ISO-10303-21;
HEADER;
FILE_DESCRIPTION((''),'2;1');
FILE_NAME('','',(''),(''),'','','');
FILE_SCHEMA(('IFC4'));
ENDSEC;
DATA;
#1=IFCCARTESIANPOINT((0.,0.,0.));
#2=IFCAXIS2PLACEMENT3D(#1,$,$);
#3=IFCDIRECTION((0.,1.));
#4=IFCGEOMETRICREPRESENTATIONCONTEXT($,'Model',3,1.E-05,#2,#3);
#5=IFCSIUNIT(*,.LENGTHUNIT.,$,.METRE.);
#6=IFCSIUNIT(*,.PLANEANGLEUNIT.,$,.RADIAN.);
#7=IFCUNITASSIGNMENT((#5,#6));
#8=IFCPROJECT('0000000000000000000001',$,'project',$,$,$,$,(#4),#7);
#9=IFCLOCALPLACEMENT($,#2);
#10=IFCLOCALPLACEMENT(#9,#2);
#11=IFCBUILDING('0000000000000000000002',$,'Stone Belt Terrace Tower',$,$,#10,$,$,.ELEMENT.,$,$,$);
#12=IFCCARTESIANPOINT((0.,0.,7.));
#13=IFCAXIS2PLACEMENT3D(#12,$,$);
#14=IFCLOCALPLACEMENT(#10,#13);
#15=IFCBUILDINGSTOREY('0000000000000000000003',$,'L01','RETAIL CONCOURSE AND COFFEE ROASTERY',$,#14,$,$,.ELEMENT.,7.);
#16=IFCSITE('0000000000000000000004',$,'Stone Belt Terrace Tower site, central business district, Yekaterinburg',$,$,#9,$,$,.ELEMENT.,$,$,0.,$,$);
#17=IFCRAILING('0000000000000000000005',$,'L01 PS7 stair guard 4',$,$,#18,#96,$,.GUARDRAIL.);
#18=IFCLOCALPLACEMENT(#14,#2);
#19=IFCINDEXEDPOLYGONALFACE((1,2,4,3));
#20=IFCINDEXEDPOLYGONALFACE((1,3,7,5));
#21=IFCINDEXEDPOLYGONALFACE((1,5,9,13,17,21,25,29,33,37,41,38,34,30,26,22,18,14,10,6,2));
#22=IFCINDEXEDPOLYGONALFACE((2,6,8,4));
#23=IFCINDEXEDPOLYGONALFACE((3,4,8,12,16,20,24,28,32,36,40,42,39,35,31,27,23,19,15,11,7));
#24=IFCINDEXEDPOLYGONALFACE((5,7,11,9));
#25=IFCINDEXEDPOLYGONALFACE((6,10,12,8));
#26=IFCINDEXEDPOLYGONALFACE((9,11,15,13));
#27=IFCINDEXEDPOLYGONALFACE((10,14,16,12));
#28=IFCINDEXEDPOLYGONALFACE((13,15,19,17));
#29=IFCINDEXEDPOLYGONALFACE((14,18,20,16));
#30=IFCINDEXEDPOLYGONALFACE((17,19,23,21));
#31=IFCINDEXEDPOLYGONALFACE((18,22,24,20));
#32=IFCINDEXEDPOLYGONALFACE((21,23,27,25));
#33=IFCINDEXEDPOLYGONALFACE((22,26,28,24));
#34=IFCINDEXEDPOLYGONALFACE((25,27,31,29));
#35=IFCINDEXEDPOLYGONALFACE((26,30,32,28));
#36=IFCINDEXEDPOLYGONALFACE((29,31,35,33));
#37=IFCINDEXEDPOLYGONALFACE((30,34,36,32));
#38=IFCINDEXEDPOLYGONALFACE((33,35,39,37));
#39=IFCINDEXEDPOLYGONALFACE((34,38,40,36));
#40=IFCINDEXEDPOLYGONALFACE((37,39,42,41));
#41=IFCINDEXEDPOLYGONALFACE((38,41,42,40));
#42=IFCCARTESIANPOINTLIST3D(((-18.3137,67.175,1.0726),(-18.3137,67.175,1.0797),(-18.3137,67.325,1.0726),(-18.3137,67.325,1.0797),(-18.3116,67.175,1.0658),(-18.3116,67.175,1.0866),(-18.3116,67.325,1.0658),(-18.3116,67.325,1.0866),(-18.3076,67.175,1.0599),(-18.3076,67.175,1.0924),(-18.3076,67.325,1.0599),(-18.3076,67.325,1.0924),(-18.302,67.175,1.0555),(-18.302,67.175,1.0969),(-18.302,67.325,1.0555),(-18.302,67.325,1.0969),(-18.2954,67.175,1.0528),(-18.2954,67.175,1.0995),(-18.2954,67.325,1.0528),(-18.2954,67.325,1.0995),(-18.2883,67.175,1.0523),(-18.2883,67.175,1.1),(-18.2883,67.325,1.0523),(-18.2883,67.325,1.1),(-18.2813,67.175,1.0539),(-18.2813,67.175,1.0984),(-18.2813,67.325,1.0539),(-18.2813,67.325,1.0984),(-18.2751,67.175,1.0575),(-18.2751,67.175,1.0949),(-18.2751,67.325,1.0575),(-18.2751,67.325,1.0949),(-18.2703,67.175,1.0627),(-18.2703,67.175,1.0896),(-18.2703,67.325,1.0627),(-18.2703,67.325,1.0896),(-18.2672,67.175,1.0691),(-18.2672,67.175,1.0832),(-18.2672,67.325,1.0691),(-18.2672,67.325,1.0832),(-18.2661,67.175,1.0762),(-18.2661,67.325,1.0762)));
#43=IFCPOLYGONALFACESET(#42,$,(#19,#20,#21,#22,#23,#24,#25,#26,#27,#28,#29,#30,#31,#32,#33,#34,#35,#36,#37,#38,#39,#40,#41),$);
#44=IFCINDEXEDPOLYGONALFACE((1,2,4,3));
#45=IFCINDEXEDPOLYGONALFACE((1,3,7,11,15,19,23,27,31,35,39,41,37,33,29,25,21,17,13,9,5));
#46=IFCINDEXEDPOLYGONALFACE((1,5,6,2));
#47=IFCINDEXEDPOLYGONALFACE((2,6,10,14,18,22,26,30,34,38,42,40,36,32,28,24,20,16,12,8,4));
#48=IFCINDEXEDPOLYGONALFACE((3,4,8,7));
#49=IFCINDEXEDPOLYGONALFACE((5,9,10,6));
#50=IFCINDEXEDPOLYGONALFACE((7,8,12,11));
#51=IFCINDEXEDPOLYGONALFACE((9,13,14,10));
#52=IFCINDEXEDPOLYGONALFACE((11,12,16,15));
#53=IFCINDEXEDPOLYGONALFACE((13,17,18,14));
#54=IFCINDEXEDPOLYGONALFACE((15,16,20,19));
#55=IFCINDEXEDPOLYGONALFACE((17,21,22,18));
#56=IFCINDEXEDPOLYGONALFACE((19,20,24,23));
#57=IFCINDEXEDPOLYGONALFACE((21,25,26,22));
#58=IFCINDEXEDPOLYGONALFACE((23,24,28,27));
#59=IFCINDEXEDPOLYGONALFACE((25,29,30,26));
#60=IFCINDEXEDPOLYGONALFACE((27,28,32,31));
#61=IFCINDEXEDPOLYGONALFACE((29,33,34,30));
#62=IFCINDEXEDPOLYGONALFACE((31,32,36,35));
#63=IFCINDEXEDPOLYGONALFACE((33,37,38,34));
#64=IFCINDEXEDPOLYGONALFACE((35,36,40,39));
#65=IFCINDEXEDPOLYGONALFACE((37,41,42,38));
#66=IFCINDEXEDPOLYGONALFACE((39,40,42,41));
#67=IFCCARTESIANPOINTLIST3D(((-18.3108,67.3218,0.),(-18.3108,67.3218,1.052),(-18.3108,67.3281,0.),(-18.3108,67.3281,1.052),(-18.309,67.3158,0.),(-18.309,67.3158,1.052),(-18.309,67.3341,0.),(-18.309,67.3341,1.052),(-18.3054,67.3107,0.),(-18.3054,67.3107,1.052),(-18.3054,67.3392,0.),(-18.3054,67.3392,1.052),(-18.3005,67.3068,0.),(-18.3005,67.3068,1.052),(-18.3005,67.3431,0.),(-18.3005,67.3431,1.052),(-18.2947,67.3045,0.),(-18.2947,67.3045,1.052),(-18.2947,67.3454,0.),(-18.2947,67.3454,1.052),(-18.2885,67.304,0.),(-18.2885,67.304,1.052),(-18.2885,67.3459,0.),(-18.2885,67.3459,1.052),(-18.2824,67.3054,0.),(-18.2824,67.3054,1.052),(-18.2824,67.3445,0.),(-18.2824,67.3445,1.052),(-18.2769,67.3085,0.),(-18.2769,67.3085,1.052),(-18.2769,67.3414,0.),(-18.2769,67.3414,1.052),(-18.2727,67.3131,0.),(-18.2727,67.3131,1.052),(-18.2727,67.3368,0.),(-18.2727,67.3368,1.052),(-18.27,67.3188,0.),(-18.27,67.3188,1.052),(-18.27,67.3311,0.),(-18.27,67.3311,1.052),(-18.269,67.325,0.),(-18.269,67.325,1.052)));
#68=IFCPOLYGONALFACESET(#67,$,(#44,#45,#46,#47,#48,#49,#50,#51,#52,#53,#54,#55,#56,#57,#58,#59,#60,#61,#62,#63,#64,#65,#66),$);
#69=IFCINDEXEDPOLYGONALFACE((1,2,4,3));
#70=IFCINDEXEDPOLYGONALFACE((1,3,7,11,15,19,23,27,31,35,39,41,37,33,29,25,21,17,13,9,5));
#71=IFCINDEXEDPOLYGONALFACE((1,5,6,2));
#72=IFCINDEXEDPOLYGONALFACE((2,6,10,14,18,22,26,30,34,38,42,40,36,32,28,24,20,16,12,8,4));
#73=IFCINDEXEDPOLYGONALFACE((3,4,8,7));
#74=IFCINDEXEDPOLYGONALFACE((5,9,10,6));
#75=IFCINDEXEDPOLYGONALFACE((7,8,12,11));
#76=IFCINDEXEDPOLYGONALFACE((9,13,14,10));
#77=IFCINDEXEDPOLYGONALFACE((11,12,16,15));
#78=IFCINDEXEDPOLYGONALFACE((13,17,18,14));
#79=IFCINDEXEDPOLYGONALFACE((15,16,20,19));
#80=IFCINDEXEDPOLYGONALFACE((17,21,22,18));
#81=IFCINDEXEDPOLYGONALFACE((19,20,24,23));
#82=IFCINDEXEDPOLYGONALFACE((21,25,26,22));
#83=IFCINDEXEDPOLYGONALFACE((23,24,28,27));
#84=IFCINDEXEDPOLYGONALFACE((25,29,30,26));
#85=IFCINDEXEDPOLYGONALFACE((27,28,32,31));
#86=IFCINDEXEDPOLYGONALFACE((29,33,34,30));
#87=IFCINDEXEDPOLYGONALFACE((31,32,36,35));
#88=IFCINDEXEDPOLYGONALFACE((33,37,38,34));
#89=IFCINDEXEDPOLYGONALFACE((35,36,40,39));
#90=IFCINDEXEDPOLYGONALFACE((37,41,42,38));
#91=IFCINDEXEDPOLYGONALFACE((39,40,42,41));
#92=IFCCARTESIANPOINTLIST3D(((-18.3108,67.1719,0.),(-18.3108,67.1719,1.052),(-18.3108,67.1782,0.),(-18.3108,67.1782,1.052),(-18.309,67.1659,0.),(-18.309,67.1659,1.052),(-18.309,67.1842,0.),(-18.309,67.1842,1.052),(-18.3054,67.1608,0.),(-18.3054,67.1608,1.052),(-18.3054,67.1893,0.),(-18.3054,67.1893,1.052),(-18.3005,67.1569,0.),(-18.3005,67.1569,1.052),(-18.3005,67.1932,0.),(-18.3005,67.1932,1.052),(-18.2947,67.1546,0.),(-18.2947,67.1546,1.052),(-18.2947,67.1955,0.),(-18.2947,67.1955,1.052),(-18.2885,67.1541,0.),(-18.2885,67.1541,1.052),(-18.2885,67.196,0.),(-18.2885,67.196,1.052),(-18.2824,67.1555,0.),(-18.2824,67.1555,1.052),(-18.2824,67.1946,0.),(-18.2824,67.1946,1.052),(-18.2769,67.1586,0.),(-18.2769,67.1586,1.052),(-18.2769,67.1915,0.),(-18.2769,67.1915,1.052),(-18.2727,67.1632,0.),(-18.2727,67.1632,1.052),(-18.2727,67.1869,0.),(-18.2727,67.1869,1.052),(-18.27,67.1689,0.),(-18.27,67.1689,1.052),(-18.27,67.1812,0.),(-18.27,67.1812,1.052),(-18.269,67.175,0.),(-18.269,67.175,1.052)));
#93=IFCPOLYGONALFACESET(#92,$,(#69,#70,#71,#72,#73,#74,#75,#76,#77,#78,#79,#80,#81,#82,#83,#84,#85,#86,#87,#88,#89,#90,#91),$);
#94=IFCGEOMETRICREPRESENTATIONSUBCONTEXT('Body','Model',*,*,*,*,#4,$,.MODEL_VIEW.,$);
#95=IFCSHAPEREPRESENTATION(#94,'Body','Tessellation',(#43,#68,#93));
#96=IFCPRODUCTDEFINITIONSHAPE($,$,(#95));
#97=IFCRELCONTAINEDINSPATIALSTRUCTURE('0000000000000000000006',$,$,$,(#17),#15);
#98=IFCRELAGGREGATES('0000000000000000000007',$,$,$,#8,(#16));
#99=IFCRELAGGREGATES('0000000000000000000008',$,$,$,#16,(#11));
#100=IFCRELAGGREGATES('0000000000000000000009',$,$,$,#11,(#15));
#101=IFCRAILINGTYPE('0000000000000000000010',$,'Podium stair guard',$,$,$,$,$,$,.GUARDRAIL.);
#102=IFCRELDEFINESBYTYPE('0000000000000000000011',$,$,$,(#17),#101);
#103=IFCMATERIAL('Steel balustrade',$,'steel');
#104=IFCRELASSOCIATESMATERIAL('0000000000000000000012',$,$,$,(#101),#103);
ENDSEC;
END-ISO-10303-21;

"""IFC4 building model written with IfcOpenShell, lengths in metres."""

from ifc_helpers import new_model, si_unit, direction, frame, origin, origin_2d, place, context, subcontext, project, spatial, circle, extrude, material, type_object, element, save


model = new_model("IFC4")

# Units and contexts
model_context = context("Model", 3, precision=1e-05, world=origin(), true_north=direction((0.0, 1.0)))
body_context = subcontext(model_context, "Body", "Model", "MODEL_VIEW")
ifc_project = project(units=[si_unit("LENGTHUNIT", "METRE"), si_unit("PLANEANGLEUNIT", "RADIAN")], contexts=[model_context])

# Site, building, storey
site_placement = place(None, origin())
site = spatial("IfcSite", under=ifc_project, at=site_placement, Name="Stone Belt Terrace Tower site, central business district, Yekaterinburg", CompositionType="ELEMENT", RefElevation=0.0)
building_placement = place(site_placement, origin())
building = spatial("IfcBuilding", under=site, at=building_placement, Name="Stone Belt Terrace Tower", CompositionType="ELEMENT")
storey_placement = place(building_placement, frame((0.0, 0.0, 7.0)))
storey = spatial("IfcBuildingStorey", under=building, at=storey_placement, Name="L01", Description="RETAIL CONCOURSE AND COFFEE ROASTERY", CompositionType="ELEMENT", Elevation=7.0)

# Railing
ifc_material_1 = material(Name="Steel balustrade", Category="steel")
railing_type_1 = type_object("IfcRailingType", Name="Podium stair guard", PredefinedType="GUARDRAIL", material=ifc_material_1)
railing_1_placement = place(storey_placement, frame((-18.29, 67.325, 0.0)))
element("IfcRailing", 1, at=railing_1_placement, inside=storey, type_object=railing_type_1, Name="L01 PS7 stair guard 4", PredefinedType="GUARDRAIL", context=body_context, shape_type="SweptSolid", body=[
    extrude(circle(Radius=0.0239, at=origin_2d()), frame((0.0, 0.0, 1.0762), z_axis=(0.0, -1.0, 0.0), x_axis=(1.0, 0.0, 0.0)), (0.0, 0.0, 1.0), 0.1499),
    extrude(circle(Radius=0.021, at=origin_2d()), origin(), (0.0, 0.0, 1.0), 1.052),
    extrude(circle(Radius=0.021, at=origin_2d()), frame((0.0, -0.1499, 0.0)), (0.0, 0.0, 1.0), 1.052),
])

save(model, "model.ifc")
